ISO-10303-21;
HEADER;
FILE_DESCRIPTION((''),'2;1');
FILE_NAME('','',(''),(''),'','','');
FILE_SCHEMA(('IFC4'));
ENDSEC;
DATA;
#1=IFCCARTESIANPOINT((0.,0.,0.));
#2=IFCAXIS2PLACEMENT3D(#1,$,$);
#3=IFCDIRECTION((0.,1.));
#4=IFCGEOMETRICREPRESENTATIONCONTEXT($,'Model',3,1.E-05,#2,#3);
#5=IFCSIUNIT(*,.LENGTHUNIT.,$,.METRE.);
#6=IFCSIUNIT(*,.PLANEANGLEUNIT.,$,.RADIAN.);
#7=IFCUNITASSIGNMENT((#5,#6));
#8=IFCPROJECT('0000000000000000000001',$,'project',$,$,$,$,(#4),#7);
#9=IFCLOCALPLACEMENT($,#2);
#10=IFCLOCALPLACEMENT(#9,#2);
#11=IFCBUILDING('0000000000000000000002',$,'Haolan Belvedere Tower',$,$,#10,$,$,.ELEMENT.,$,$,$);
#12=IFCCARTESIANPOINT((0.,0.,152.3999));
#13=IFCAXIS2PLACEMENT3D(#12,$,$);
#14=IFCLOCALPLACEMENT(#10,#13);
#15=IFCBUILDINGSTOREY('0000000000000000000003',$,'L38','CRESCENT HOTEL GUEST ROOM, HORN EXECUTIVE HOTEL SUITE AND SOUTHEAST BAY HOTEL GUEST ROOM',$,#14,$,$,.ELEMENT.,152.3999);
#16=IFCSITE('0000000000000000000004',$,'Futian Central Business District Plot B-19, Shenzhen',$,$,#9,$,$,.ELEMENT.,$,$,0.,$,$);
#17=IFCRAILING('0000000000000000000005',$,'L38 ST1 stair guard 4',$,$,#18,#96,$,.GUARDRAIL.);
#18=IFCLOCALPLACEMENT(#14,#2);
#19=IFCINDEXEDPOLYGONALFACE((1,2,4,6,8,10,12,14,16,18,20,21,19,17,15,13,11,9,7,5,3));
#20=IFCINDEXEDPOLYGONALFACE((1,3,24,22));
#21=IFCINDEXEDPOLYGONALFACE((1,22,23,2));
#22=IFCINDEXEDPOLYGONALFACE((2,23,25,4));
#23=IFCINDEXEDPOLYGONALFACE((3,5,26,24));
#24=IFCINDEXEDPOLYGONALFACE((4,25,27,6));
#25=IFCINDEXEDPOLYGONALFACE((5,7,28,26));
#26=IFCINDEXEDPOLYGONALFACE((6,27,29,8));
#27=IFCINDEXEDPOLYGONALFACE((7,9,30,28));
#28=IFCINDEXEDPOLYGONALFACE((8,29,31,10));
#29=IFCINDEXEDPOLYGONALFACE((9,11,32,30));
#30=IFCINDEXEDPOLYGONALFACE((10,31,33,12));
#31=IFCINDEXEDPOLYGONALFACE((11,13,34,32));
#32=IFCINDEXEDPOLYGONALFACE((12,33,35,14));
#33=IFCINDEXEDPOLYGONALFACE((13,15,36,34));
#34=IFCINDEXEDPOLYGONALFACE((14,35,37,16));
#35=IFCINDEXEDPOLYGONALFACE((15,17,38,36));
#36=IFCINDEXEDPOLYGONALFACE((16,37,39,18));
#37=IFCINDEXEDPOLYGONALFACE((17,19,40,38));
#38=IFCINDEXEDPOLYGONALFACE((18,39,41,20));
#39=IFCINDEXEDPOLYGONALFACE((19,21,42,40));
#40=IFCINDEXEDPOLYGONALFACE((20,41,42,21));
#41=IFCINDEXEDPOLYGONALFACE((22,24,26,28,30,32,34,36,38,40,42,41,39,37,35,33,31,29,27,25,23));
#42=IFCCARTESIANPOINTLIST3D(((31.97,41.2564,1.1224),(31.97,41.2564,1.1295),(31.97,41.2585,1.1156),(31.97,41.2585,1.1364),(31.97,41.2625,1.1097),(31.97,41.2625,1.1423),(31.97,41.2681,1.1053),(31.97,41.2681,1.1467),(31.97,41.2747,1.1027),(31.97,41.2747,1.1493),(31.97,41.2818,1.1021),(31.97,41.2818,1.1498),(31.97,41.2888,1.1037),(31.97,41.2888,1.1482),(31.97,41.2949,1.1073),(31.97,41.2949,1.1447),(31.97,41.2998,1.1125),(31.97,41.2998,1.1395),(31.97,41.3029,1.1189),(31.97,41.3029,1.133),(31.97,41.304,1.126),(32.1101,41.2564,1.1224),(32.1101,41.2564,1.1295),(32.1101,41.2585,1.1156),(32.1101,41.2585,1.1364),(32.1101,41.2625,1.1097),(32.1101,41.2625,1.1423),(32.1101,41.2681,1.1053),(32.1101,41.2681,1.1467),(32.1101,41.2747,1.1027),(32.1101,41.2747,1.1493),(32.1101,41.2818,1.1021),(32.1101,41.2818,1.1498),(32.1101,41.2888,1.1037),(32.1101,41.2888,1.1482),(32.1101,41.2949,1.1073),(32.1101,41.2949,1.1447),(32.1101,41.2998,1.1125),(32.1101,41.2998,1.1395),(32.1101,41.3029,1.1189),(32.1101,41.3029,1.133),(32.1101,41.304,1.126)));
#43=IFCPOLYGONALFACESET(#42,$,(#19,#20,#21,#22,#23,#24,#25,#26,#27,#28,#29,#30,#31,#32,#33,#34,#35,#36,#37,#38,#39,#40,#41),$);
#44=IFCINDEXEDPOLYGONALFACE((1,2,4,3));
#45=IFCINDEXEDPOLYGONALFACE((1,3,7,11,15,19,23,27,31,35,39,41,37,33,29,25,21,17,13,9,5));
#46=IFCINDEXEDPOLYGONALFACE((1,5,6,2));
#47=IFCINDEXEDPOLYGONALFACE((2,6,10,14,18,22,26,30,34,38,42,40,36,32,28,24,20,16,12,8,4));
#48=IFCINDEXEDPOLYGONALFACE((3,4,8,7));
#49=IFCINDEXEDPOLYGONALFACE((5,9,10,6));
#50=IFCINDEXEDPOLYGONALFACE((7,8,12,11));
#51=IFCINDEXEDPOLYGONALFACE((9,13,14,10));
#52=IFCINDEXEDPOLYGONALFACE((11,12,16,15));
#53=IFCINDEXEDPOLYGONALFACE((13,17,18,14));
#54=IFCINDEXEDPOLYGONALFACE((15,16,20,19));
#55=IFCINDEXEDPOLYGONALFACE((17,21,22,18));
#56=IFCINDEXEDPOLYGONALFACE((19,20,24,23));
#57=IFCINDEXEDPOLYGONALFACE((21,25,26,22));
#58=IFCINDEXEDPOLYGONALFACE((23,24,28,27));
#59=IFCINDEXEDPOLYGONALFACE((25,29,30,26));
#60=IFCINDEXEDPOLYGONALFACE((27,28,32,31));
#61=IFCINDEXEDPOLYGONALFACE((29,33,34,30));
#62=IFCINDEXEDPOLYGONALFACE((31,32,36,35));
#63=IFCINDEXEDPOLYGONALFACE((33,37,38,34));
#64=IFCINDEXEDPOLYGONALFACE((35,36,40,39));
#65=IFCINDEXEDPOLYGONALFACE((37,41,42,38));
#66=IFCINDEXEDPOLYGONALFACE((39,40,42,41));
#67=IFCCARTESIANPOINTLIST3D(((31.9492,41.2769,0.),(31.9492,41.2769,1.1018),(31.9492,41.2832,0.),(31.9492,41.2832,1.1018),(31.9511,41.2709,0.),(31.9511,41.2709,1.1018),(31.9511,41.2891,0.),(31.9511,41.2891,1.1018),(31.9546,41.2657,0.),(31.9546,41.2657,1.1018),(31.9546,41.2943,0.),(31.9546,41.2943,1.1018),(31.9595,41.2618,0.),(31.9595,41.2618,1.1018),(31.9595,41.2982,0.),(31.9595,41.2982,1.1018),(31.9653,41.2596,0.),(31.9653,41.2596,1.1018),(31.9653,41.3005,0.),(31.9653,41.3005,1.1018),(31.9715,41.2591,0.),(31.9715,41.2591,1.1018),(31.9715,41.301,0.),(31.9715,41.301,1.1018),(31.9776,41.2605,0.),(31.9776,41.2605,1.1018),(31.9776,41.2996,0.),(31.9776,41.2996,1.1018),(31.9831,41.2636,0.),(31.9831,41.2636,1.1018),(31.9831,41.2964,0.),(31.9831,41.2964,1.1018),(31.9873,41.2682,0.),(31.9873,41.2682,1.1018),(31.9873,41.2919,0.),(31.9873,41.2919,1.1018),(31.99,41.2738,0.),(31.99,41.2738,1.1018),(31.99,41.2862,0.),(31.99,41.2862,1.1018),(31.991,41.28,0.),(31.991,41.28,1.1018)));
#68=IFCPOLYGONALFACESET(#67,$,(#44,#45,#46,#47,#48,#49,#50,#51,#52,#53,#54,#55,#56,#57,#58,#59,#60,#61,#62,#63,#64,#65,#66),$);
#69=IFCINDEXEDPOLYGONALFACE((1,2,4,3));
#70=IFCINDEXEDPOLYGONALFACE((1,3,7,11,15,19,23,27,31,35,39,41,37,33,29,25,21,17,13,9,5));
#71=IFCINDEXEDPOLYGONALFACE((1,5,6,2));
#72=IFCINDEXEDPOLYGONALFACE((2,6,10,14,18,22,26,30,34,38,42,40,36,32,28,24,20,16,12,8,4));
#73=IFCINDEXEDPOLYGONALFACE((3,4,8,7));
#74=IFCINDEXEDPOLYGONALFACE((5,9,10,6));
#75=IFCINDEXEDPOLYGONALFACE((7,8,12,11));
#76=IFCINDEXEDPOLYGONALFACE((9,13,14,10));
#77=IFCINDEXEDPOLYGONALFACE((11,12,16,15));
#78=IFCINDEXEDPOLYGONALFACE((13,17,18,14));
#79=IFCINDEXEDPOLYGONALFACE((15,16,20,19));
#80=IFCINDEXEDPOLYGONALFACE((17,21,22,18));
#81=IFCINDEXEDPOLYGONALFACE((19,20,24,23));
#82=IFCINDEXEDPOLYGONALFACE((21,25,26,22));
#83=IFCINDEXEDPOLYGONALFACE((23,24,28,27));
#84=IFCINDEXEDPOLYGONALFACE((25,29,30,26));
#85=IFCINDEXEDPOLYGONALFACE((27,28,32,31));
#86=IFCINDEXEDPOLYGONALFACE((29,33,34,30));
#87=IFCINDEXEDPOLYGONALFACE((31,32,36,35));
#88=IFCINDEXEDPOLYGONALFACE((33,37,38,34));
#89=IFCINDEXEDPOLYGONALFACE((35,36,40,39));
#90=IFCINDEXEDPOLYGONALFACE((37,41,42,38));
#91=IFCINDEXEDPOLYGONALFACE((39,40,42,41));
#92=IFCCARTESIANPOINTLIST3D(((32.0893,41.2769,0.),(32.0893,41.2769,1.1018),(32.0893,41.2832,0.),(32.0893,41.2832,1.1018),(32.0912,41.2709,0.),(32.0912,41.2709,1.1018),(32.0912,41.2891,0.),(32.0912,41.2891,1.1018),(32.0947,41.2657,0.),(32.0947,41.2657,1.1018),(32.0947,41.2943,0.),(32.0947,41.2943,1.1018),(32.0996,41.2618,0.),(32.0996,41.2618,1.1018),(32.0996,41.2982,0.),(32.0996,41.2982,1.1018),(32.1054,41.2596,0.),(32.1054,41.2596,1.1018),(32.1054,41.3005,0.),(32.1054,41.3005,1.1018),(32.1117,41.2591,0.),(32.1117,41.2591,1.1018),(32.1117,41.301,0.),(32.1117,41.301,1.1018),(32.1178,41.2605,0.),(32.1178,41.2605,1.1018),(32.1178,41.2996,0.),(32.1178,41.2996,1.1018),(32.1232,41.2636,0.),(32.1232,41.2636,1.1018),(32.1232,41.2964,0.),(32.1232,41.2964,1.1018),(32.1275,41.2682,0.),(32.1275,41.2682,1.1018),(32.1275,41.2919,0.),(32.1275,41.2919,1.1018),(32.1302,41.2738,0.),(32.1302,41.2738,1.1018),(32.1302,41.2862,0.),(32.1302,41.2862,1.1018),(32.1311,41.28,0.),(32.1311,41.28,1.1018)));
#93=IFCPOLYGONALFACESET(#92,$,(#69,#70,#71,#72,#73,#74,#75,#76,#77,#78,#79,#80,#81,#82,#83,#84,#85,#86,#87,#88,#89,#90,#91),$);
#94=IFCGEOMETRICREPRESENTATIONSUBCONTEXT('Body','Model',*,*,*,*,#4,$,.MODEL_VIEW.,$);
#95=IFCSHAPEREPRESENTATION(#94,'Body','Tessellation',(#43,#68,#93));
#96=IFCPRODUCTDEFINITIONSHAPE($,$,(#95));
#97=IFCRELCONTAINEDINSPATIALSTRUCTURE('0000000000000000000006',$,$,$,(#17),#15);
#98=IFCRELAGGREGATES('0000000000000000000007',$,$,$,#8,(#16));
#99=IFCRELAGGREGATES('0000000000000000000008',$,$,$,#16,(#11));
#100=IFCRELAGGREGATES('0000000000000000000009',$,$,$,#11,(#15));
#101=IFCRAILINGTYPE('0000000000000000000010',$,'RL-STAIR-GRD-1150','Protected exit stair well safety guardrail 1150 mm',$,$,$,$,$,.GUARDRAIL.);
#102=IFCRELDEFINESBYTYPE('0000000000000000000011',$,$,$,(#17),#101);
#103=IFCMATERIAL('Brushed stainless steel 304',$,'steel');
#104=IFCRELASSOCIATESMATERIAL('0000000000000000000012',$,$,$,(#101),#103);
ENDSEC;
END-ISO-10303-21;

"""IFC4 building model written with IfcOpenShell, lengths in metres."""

from ifc_helpers import new_model, si_unit, direction, frame, origin, origin_2d, place, context, subcontext, project, spatial, circle, extrude, material, type_object, element, save


model = new_model("IFC4")

# Units and contexts
model_context = context("Model", 3, precision=1e-05, world=origin(), true_north=direction((0.0, 1.0)))
body_context = subcontext(model_context, "Body", "Model", "MODEL_VIEW")
ifc_project = project(units=[si_unit("LENGTHUNIT", "METRE"), si_unit("PLANEANGLEUNIT", "RADIAN")], contexts=[model_context])

# Site, building, storey
site_placement = place(None, origin())
site = spatial("IfcSite", under=ifc_project, at=site_placement, Name="Futian Central Business District Plot B-19, Shenzhen", CompositionType="ELEMENT", RefElevation=0.0)
building_placement = place(site_placement, origin())
building = spatial("IfcBuilding", under=site, at=building_placement, Name="Haolan Belvedere Tower", CompositionType="ELEMENT")
storey_placement = place(building_placement, frame((0.0, 0.0, 152.3999)))
storey = spatial("IfcBuildingStorey", under=building, at=storey_placement, Name="L38", Description="CRESCENT HOTEL GUEST ROOM, HORN EXECUTIVE HOTEL SUITE AND SOUTHEAST BAY HOTEL GUEST ROOM", CompositionType="ELEMENT", Elevation=152.3999)

# Railing
ifc_material_1 = material(Name="Brushed stainless steel 304", Category="steel")
railing_type_1 = type_object("IfcRailingType", Name="RL-STAIR-GRD-1150", Description="Protected exit stair well safety guardrail 1150 mm", PredefinedType="GUARDRAIL", material=ifc_material_1)
railing_1_placement = place(storey_placement, frame((31.97, 41.28, 0.0)))
element("IfcRailing", 1, at=railing_1_placement, inside=storey, type_object=railing_type_1, Name="L38 ST1 stair guard 4", PredefinedType="GUARDRAIL", context=body_context, shape_type="SweptSolid", body=[
    extrude(circle(Radius=0.0239, at=origin_2d()), frame((0.0, 0.0, 1.126), z_axis=(1.0, 0.0, 0.0), x_axis=(0.0, 1.0, 0.0)), (0.0, 0.0, 1.0), 0.1401),
    extrude(circle(Radius=0.021, at=origin_2d()), origin(), (0.0, 0.0, 1.0), 1.1018),
    extrude(circle(Radius=0.021, at=origin_2d()), frame((0.1401, 0.0, 0.0)), (0.0, 0.0, 1.0), 1.1018),
])

save(model, "model.ifc")
